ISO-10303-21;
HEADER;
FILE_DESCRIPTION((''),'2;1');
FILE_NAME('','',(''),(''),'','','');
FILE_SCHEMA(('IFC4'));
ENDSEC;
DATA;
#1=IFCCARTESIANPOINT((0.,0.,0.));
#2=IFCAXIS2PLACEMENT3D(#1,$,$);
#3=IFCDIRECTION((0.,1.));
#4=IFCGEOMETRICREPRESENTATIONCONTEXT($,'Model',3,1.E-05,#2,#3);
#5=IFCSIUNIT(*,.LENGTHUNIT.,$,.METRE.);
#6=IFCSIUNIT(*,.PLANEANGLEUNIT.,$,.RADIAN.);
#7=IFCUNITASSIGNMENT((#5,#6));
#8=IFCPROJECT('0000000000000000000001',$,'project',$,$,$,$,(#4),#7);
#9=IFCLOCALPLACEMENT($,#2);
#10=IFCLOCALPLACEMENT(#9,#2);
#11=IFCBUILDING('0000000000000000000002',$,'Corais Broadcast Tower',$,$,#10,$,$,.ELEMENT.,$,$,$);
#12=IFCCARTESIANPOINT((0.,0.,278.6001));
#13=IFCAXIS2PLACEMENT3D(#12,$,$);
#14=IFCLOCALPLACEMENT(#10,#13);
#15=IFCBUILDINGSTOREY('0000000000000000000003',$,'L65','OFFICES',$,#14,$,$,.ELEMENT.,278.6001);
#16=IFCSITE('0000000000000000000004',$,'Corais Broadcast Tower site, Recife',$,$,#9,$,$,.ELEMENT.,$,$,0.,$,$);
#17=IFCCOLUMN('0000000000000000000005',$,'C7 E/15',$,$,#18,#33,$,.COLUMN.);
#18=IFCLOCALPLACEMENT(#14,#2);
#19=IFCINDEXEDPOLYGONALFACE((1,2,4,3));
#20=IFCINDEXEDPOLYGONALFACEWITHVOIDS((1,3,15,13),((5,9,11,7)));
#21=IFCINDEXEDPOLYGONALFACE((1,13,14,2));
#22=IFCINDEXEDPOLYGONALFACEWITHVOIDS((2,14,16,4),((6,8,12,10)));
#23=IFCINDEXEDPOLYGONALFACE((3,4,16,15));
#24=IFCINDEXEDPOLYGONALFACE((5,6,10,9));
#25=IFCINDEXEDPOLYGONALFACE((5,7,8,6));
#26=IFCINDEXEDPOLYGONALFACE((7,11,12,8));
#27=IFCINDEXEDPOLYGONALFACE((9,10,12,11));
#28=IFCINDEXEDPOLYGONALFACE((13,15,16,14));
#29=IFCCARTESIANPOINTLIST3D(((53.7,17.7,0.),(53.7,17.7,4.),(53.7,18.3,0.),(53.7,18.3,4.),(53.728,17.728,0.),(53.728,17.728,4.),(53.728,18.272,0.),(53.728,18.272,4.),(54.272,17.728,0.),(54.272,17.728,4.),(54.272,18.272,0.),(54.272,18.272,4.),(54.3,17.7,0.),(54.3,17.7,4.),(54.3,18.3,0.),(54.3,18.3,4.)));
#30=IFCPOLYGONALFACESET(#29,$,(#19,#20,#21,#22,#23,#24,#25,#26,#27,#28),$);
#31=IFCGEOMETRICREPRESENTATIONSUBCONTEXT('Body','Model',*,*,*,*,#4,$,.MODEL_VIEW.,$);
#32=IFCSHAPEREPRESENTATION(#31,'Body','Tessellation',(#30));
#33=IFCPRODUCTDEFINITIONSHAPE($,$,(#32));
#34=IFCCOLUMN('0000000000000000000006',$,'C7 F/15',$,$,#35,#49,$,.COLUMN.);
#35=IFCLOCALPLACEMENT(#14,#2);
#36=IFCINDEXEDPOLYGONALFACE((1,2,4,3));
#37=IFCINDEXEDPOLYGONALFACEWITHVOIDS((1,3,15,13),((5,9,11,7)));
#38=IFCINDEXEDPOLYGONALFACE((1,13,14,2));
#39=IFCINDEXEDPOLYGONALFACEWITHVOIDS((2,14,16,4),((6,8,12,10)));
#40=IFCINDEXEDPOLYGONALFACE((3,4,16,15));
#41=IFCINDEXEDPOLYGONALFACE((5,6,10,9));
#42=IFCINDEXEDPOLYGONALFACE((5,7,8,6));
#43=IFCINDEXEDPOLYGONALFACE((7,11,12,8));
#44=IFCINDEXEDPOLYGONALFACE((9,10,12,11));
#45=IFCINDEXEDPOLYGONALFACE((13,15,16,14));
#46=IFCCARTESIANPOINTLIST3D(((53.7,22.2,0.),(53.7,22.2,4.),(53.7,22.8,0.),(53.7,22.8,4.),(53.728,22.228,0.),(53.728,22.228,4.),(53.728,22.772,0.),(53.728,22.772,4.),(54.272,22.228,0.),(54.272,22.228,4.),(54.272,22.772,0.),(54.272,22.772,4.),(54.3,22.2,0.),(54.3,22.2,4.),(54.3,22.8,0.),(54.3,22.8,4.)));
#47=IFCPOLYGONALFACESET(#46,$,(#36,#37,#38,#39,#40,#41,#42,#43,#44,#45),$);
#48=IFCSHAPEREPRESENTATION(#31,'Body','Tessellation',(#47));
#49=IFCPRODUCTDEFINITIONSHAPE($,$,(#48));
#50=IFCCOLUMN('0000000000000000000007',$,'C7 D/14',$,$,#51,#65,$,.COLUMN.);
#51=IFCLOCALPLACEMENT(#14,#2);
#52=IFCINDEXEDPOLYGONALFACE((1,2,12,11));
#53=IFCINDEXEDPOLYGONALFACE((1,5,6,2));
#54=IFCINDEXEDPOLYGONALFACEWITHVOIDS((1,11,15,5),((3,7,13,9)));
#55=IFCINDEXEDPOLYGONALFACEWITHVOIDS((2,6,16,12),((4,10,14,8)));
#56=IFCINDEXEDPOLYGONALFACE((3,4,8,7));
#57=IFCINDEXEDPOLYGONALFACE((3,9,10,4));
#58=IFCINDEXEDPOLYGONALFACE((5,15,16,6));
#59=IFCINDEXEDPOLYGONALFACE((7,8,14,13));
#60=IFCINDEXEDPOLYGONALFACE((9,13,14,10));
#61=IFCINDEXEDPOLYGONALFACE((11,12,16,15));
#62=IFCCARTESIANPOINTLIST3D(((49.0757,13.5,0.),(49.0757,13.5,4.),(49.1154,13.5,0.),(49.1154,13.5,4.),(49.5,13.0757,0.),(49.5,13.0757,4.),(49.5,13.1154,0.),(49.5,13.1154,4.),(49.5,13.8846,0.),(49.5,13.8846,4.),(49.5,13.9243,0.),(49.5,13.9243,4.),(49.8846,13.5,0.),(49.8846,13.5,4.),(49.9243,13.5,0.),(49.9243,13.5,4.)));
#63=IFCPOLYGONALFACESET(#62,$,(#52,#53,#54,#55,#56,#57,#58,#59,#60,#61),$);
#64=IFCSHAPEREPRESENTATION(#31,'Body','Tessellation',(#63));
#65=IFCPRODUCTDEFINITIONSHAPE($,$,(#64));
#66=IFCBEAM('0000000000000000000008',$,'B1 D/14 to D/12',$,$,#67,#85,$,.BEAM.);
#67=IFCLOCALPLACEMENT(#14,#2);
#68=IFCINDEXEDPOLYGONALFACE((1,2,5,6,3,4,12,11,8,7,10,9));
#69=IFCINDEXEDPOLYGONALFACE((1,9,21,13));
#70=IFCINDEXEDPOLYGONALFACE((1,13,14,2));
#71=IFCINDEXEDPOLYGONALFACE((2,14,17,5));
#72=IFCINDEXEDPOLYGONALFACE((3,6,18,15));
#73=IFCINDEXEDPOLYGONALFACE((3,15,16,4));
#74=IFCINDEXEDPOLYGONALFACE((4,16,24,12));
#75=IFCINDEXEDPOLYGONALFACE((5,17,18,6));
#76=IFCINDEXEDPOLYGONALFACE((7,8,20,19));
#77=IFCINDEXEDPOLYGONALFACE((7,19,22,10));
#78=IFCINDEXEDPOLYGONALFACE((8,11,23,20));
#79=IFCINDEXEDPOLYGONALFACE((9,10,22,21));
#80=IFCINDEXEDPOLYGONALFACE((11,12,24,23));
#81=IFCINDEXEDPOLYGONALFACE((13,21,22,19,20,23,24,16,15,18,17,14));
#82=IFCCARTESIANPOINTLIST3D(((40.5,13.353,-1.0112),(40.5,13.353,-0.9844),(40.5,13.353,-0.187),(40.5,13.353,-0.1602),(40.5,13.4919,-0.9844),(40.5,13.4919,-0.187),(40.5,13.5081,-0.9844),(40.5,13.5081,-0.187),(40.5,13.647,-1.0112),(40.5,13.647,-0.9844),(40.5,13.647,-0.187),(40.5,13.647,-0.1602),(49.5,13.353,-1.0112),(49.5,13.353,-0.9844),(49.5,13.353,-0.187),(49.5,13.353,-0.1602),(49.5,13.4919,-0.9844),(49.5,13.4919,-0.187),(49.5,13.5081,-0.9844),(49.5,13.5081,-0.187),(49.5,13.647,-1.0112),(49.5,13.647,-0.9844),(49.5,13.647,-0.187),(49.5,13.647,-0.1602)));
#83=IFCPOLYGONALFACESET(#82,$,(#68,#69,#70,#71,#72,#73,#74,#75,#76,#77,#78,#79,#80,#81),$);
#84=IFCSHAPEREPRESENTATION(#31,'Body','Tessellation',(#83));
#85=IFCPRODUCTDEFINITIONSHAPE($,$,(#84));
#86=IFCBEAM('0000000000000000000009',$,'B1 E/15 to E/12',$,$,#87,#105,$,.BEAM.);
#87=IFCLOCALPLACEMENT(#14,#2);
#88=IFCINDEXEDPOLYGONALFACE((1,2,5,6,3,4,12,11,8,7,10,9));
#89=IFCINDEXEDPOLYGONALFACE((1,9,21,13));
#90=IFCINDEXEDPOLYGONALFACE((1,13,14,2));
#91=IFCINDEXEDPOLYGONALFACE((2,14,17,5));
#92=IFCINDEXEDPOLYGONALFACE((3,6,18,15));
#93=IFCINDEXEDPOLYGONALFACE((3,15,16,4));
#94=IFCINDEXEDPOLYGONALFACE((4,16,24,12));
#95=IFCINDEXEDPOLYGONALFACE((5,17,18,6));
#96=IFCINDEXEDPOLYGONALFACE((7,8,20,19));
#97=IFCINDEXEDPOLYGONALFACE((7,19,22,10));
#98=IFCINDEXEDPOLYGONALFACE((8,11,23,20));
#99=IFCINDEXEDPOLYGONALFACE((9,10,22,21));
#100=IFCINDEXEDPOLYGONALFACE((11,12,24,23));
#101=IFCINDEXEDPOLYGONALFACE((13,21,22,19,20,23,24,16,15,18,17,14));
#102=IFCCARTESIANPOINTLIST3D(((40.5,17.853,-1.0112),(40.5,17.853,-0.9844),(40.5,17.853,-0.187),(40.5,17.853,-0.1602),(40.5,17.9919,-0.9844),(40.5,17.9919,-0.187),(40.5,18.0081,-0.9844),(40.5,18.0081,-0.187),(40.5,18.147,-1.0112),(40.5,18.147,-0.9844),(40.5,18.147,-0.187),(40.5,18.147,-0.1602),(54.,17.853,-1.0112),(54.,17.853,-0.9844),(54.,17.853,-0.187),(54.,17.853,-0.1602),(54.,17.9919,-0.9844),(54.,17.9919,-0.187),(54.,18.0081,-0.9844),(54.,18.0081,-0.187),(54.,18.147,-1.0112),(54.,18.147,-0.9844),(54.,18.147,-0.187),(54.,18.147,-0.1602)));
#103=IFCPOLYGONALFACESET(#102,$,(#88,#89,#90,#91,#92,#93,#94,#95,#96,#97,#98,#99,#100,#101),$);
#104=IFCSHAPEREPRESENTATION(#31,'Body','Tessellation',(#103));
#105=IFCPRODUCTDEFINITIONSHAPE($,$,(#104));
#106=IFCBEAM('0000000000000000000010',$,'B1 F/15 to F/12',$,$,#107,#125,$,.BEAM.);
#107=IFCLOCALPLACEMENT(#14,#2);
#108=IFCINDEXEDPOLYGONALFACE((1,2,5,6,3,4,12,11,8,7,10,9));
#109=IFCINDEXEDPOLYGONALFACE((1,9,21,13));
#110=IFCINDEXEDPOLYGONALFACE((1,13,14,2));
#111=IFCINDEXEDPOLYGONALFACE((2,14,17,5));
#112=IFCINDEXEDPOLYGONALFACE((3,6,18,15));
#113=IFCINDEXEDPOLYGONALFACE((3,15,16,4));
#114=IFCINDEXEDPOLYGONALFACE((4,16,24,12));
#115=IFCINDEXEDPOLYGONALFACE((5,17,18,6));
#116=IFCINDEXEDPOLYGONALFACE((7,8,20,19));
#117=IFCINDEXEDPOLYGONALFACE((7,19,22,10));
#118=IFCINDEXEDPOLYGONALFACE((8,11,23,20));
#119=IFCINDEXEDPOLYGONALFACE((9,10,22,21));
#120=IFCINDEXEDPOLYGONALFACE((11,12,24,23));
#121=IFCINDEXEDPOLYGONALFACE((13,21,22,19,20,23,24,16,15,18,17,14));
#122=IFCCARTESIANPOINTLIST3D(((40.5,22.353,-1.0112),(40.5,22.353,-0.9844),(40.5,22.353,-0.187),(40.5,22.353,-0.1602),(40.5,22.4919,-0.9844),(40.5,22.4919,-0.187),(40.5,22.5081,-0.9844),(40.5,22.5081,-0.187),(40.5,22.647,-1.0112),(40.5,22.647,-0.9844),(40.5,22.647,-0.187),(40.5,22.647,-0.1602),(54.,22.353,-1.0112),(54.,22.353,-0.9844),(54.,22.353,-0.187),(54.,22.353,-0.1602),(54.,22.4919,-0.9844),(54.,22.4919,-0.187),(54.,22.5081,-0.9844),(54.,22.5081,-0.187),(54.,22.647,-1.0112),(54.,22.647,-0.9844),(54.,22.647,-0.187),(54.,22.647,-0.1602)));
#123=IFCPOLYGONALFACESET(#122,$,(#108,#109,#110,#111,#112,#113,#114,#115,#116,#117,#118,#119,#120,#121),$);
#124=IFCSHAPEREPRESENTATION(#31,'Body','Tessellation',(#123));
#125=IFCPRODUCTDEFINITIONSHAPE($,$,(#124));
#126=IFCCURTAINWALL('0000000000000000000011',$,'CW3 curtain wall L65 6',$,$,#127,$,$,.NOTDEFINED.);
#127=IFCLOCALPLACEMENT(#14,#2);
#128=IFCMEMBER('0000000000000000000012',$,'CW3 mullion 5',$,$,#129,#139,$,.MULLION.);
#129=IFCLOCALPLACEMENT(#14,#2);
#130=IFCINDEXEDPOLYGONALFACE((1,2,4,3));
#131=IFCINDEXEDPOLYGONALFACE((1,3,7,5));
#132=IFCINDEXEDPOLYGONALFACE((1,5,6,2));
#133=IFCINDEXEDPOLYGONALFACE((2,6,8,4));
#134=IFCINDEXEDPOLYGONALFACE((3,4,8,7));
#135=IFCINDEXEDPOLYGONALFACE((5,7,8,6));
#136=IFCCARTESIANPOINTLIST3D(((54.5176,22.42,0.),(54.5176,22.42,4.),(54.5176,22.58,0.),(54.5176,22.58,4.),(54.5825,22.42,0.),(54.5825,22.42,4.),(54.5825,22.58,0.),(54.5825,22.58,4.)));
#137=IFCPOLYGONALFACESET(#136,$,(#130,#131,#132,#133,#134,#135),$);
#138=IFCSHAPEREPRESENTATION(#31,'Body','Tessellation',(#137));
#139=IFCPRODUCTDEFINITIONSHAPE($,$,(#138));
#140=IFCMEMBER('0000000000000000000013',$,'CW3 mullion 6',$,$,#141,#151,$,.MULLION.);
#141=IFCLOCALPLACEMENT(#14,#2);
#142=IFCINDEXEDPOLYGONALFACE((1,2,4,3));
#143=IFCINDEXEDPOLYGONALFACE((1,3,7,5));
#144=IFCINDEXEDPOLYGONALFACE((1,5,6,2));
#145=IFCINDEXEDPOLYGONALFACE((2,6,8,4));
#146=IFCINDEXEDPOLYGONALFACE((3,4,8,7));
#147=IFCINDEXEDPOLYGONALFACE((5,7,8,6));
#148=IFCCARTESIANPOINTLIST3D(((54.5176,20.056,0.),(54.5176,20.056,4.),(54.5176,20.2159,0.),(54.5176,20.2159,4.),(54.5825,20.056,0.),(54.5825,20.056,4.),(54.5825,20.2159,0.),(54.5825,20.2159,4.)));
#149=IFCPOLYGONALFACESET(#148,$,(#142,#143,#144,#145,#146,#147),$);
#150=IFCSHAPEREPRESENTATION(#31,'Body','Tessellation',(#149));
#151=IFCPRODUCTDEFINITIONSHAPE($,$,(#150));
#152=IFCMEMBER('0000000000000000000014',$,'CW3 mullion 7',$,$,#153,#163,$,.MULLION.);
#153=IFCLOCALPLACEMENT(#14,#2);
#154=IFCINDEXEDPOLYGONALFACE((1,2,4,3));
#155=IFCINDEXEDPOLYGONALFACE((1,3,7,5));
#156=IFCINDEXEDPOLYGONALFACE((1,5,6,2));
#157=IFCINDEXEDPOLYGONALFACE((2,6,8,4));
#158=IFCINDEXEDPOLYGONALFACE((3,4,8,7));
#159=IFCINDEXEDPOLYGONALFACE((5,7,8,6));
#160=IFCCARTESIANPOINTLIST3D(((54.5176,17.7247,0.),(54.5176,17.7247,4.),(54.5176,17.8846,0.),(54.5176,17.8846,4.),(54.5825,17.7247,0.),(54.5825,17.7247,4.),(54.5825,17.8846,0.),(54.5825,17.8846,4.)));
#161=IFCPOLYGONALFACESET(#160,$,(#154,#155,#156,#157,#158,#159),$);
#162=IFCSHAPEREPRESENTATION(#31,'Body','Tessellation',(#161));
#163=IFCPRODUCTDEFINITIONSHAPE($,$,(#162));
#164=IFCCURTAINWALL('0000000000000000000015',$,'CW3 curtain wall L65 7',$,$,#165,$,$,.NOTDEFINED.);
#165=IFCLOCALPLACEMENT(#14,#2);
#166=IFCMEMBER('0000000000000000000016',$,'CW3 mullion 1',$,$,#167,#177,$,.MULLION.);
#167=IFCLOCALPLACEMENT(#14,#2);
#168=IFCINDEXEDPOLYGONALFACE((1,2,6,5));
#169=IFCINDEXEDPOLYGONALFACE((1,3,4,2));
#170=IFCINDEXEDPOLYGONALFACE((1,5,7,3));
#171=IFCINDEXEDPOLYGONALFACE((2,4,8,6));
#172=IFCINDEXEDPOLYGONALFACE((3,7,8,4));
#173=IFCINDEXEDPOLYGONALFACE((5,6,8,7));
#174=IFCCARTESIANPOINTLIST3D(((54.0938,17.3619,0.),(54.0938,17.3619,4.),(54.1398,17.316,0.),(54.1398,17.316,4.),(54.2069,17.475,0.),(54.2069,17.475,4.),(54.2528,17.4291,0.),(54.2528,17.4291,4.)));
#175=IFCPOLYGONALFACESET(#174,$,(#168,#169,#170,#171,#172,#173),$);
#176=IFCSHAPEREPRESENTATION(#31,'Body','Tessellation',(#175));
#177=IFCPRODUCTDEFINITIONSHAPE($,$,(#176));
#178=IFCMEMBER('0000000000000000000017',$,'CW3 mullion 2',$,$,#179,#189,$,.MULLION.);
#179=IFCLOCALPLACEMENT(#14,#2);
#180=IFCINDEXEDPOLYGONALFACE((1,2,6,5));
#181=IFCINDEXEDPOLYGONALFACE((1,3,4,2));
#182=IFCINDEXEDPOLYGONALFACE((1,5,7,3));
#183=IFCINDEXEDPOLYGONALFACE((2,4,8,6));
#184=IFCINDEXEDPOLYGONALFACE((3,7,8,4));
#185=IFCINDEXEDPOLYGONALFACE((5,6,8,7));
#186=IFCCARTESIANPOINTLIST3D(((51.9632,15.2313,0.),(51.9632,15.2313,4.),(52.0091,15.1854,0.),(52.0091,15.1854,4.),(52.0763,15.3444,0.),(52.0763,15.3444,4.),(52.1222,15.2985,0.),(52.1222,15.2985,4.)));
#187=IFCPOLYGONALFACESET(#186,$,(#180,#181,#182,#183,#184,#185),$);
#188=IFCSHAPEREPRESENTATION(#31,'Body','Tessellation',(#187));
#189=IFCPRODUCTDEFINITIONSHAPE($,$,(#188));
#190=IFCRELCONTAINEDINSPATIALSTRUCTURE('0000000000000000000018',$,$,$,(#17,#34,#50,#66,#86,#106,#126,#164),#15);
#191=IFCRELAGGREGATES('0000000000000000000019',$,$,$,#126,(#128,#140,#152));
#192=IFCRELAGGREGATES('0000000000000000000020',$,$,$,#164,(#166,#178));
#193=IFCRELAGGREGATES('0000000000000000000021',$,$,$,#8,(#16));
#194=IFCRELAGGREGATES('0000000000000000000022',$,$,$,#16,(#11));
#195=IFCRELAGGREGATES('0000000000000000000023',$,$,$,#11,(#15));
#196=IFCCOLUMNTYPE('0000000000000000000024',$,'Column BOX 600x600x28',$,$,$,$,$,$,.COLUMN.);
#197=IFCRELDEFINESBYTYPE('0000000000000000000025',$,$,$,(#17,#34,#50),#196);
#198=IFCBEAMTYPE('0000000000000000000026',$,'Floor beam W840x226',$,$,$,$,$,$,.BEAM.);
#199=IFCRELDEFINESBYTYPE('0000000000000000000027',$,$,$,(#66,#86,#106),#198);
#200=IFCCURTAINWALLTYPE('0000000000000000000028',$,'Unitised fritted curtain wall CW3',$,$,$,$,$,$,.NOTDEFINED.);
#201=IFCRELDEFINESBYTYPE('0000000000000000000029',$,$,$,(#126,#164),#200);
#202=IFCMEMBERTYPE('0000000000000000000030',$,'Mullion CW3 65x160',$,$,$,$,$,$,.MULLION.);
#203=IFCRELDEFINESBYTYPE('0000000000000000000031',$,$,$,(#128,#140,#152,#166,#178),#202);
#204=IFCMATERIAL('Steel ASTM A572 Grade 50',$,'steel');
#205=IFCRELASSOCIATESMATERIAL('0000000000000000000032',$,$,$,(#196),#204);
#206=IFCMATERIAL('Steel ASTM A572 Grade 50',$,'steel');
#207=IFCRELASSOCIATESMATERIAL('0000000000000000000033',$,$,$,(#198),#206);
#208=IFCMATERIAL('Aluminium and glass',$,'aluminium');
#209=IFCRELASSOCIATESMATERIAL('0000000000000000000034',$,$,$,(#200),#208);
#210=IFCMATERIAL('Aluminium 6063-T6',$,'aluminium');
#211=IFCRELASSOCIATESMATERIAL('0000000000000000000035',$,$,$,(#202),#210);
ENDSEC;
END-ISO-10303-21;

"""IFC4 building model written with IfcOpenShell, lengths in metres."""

from ifc_helpers import new_model, si_unit, direction, frame, origin, origin_2d, place, context, subcontext, project, spatial, rectangle, hollow_rectangle, i_section, extrude, material, material_profile, profile_set, type_object, element, aggregate, save


model = new_model("IFC4")

# Units and contexts
model_context = context("Model", 3, precision=1e-05, world=origin(), true_north=direction((0.0, 1.0)))
body_context = subcontext(model_context, "Body", "Model", "MODEL_VIEW")
ifc_project = project(units=[si_unit("LENGTHUNIT", "METRE"), si_unit("PLANEANGLEUNIT", "RADIAN")], contexts=[model_context])

# Site, building, storey
site_placement = place(None, origin())
site = spatial("IfcSite", under=ifc_project, at=site_placement, Name="Corais Broadcast Tower site, Recife", CompositionType="ELEMENT", RefElevation=0.0)
building_placement = place(site_placement, origin())
building = spatial("IfcBuilding", under=site, at=building_placement, Name="Corais Broadcast Tower", CompositionType="ELEMENT")
storey_placement = place(building_placement, frame((0.0, 0.0, 278.6001)))
storey = spatial("IfcBuildingStorey", under=building, at=storey_placement, Name="L65", Description="OFFICES", CompositionType="ELEMENT", Elevation=278.6001)

# Columns
ifc_material_1 = material(Name="Steel ASTM A572 Grade 50", Category="steel")
ifc_material_profile_1 = material_profile(ifc_material_1, hollow_rectangle(XDim=0.6001, YDim=0.6001, WallThickness=0.0281, at=origin_2d()), Name="BOX 600x600x28")
ifc_profile_set_1 = profile_set([ifc_material_profile_1], Name="Steel ASTM A572 Grade 50")
column_type = type_object("IfcColumnType", Name="Column BOX 600x600x28", PredefinedType="COLUMN", material=ifc_profile_set_1)
for number, where, z_axis, x_axis, name in (
    (1, (54.0, 18.0, 0.0), (0.0, 0.0, 1.0), (1.0, 0.0, 0.0), "C7 E/15"),
    (2, (54.0, 22.5, 0.0), (0.0, 0.0, 1.0), (1.0, 0.0, 0.0), "C7 F/15"),
    (3, (49.5, 13.5, 0.0), (0.0, 0.0, 1.0), (0.707107, 0.707107, 0.0), "C7 D/14"),
):
    element("IfcColumn", number, at=place(storey_placement, frame(where, z_axis=z_axis, x_axis=x_axis)), inside=storey, type_object=column_type, Name=name, PredefinedType="COLUMN", context=body_context, shape_type="SweptSolid", body=[
        extrude(hollow_rectangle(XDim=0.6001, YDim=0.6001, WallThickness=0.0281, at=origin_2d()), origin(), (0.0, 0.0, 1.0), 4.0),
    ])

# Beams
ifc_material_2 = material(Name="Steel ASTM A572 Grade 50", Category="steel")
ifc_material_profile_2 = material_profile(ifc_material_2, i_section(OverallWidth=0.2939, OverallDepth=0.8511, WebThickness=0.0161, FlangeThickness=0.0269, at=origin_2d()), Name="W840x226")
ifc_profile_set_2 = profile_set([ifc_material_profile_2], Name="Steel ASTM A572 Grade 50")
beam_type_1 = type_object("IfcBeamType", Name="Floor beam W840x226", PredefinedType="BEAM", material=ifc_profile_set_2)
beam_1_placement = place(storey_placement, frame((49.5, 13.5, -0.5857), z_axis=(-1.0, 0.0, 0.0), x_axis=(0.0, -1.0, 0.0)))
element("IfcBeam", 4, at=beam_1_placement, inside=storey, type_object=beam_type_1, Name="B1 D/14 to D/12", PredefinedType="BEAM", context=body_context, shape_type="SweptSolid", body=[
    extrude(i_section(OverallWidth=0.2939, OverallDepth=0.8511, WebThickness=0.0161, FlangeThickness=0.0269, at=origin_2d()), origin(), (0.0, 0.0, 1.0), 9.0),
])
for number, where, z_axis, x_axis, name in (
    (5, (54.0, 18.0, -0.5857), (-1.0, 0.0, 0.0), (0.0, -1.0, 0.0), "B1 E/15 to E/12"),
    (6, (54.0, 22.5, -0.5857), (-1.0, 0.0, 0.0), (0.0, -1.0, 0.0), "B1 F/15 to F/12"),
):
    element("IfcBeam", number, at=place(storey_placement, frame(where, z_axis=z_axis, x_axis=x_axis)), inside=storey, type_object=beam_type_1, Name=name, PredefinedType="BEAM", context=body_context, shape_type="SweptSolid", body=[
        extrude(i_section(OverallWidth=0.2939, OverallDepth=0.8511, WebThickness=0.0161, FlangeThickness=0.0269, at=origin_2d()), origin(), (0.0, 0.0, 1.0), 13.5),
    ])

# Curtain walls, members
ifc_material_3 = material(Name="Aluminium and glass", Category="aluminium")
curtain_wall_type = type_object("IfcCurtainWallType", Name="Unitised fritted curtain wall CW3", PredefinedType="NOTDEFINED", material=ifc_material_3)
curtain_wall_1_placement = place(storey_placement, origin())
curtain_wall_1 = element("IfcCurtainWall", 7, at=curtain_wall_1_placement, inside=storey, type_object=curtain_wall_type, Name="CW3 curtain wall L65 6", PredefinedType="NOTDEFINED")
ifc_material_4 = material(Name="Aluminium 6063-T6", Category="aluminium")
ifc_material_profile_3 = material_profile(ifc_material_4, rectangle(XDim=0.0649, YDim=0.1599, at=origin_2d()), Name="Mullion CW3 65x160")
ifc_profile_set_3 = profile_set([ifc_material_profile_3], Name="Aluminium 6063-T6")
member_type_1 = type_object("IfcMemberType", Name="Mullion CW3 65x160", PredefinedType="MULLION", material=ifc_profile_set_3)
member_1_placement = place(storey_placement, frame((54.55, 22.5, 0.0), z_axis=(0.0, 0.0, 1.0), x_axis=(1.0, 0.0, 0.0)))
member_1 = element("IfcMember", 8, at=member_1_placement, type_object=member_type_1, Name="CW3 mullion 5", PredefinedType="MULLION", context=body_context, shape_type="SweptSolid", body=[
    extrude(rectangle(XDim=0.0649, YDim=0.1599, at=origin_2d()), origin(), (0.0, 0.0, 1.0), 4.0),
])
member_2_placement = place(storey_placement, frame((54.55, 20.136, 0.0), z_axis=(0.0, 0.0, 1.0), x_axis=(1.0, 0.0, 0.0)))
member_2 = element("IfcMember", 9, at=member_2_placement, type_object=member_type_1, Name="CW3 mullion 6", PredefinedType="MULLION", context=body_context, shape_type="SweptSolid", body=[
    extrude(rectangle(XDim=0.0649, YDim=0.1599, at=origin_2d()), origin(), (0.0, 0.0, 1.0), 4.0),
])
member_3_placement = place(storey_placement, frame((54.55, 17.8047, 0.0), z_axis=(0.0, 0.0, 1.0), x_axis=(1.0, 0.0, 0.0)))
member_3 = element("IfcMember", 10, at=member_3_placement, type_object=member_type_1, Name="CW3 mullion 7", PredefinedType="MULLION", context=body_context, shape_type="SweptSolid", body=[
    extrude(rectangle(XDim=0.0649, YDim=0.1599, at=origin_2d()), origin(), (0.0, 0.0, 1.0), 4.0),
])
curtain_wall_2_placement = place(storey_placement, origin())
curtain_wall_2 = element("IfcCurtainWall", 11, at=curtain_wall_2_placement, inside=storey, type_object=curtain_wall_type, Name="CW3 curtain wall L65 7", PredefinedType="NOTDEFINED")
member_4_placement = place(storey_placement, frame((54.1733, 17.3955, 0.0), z_axis=(0.0, 0.0, 1.0), x_axis=(0.707107, -0.707107, 0.0)))
member_4 = element("IfcMember", 12, at=member_4_placement, type_object=member_type_1, Name="CW3 mullion 1", PredefinedType="MULLION", context=body_context, shape_type="SweptSolid", body=[
    extrude(rectangle(XDim=0.0649, YDim=0.1599, at=origin_2d()), origin(), (0.0, 0.0, 1.0), 4.0),
])
member_5_placement = place(storey_placement, frame((52.0427, 15.2649, 0.0), z_axis=(0.0, 0.0, 1.0), x_axis=(0.707107, -0.707107, 0.0)))
member_5 = element("IfcMember", 13, at=member_5_placement, type_object=member_type_1, Name="CW3 mullion 2", PredefinedType="MULLION", context=body_context, shape_type="SweptSolid", body=[
    extrude(rectangle(XDim=0.0649, YDim=0.1599, at=origin_2d()), origin(), (0.0, 0.0, 1.0), 4.0),
])

aggregate(curtain_wall_1, [member_1, member_2, member_3])
aggregate(curtain_wall_2, [member_4, member_5])

save(model, "model.ifc")
